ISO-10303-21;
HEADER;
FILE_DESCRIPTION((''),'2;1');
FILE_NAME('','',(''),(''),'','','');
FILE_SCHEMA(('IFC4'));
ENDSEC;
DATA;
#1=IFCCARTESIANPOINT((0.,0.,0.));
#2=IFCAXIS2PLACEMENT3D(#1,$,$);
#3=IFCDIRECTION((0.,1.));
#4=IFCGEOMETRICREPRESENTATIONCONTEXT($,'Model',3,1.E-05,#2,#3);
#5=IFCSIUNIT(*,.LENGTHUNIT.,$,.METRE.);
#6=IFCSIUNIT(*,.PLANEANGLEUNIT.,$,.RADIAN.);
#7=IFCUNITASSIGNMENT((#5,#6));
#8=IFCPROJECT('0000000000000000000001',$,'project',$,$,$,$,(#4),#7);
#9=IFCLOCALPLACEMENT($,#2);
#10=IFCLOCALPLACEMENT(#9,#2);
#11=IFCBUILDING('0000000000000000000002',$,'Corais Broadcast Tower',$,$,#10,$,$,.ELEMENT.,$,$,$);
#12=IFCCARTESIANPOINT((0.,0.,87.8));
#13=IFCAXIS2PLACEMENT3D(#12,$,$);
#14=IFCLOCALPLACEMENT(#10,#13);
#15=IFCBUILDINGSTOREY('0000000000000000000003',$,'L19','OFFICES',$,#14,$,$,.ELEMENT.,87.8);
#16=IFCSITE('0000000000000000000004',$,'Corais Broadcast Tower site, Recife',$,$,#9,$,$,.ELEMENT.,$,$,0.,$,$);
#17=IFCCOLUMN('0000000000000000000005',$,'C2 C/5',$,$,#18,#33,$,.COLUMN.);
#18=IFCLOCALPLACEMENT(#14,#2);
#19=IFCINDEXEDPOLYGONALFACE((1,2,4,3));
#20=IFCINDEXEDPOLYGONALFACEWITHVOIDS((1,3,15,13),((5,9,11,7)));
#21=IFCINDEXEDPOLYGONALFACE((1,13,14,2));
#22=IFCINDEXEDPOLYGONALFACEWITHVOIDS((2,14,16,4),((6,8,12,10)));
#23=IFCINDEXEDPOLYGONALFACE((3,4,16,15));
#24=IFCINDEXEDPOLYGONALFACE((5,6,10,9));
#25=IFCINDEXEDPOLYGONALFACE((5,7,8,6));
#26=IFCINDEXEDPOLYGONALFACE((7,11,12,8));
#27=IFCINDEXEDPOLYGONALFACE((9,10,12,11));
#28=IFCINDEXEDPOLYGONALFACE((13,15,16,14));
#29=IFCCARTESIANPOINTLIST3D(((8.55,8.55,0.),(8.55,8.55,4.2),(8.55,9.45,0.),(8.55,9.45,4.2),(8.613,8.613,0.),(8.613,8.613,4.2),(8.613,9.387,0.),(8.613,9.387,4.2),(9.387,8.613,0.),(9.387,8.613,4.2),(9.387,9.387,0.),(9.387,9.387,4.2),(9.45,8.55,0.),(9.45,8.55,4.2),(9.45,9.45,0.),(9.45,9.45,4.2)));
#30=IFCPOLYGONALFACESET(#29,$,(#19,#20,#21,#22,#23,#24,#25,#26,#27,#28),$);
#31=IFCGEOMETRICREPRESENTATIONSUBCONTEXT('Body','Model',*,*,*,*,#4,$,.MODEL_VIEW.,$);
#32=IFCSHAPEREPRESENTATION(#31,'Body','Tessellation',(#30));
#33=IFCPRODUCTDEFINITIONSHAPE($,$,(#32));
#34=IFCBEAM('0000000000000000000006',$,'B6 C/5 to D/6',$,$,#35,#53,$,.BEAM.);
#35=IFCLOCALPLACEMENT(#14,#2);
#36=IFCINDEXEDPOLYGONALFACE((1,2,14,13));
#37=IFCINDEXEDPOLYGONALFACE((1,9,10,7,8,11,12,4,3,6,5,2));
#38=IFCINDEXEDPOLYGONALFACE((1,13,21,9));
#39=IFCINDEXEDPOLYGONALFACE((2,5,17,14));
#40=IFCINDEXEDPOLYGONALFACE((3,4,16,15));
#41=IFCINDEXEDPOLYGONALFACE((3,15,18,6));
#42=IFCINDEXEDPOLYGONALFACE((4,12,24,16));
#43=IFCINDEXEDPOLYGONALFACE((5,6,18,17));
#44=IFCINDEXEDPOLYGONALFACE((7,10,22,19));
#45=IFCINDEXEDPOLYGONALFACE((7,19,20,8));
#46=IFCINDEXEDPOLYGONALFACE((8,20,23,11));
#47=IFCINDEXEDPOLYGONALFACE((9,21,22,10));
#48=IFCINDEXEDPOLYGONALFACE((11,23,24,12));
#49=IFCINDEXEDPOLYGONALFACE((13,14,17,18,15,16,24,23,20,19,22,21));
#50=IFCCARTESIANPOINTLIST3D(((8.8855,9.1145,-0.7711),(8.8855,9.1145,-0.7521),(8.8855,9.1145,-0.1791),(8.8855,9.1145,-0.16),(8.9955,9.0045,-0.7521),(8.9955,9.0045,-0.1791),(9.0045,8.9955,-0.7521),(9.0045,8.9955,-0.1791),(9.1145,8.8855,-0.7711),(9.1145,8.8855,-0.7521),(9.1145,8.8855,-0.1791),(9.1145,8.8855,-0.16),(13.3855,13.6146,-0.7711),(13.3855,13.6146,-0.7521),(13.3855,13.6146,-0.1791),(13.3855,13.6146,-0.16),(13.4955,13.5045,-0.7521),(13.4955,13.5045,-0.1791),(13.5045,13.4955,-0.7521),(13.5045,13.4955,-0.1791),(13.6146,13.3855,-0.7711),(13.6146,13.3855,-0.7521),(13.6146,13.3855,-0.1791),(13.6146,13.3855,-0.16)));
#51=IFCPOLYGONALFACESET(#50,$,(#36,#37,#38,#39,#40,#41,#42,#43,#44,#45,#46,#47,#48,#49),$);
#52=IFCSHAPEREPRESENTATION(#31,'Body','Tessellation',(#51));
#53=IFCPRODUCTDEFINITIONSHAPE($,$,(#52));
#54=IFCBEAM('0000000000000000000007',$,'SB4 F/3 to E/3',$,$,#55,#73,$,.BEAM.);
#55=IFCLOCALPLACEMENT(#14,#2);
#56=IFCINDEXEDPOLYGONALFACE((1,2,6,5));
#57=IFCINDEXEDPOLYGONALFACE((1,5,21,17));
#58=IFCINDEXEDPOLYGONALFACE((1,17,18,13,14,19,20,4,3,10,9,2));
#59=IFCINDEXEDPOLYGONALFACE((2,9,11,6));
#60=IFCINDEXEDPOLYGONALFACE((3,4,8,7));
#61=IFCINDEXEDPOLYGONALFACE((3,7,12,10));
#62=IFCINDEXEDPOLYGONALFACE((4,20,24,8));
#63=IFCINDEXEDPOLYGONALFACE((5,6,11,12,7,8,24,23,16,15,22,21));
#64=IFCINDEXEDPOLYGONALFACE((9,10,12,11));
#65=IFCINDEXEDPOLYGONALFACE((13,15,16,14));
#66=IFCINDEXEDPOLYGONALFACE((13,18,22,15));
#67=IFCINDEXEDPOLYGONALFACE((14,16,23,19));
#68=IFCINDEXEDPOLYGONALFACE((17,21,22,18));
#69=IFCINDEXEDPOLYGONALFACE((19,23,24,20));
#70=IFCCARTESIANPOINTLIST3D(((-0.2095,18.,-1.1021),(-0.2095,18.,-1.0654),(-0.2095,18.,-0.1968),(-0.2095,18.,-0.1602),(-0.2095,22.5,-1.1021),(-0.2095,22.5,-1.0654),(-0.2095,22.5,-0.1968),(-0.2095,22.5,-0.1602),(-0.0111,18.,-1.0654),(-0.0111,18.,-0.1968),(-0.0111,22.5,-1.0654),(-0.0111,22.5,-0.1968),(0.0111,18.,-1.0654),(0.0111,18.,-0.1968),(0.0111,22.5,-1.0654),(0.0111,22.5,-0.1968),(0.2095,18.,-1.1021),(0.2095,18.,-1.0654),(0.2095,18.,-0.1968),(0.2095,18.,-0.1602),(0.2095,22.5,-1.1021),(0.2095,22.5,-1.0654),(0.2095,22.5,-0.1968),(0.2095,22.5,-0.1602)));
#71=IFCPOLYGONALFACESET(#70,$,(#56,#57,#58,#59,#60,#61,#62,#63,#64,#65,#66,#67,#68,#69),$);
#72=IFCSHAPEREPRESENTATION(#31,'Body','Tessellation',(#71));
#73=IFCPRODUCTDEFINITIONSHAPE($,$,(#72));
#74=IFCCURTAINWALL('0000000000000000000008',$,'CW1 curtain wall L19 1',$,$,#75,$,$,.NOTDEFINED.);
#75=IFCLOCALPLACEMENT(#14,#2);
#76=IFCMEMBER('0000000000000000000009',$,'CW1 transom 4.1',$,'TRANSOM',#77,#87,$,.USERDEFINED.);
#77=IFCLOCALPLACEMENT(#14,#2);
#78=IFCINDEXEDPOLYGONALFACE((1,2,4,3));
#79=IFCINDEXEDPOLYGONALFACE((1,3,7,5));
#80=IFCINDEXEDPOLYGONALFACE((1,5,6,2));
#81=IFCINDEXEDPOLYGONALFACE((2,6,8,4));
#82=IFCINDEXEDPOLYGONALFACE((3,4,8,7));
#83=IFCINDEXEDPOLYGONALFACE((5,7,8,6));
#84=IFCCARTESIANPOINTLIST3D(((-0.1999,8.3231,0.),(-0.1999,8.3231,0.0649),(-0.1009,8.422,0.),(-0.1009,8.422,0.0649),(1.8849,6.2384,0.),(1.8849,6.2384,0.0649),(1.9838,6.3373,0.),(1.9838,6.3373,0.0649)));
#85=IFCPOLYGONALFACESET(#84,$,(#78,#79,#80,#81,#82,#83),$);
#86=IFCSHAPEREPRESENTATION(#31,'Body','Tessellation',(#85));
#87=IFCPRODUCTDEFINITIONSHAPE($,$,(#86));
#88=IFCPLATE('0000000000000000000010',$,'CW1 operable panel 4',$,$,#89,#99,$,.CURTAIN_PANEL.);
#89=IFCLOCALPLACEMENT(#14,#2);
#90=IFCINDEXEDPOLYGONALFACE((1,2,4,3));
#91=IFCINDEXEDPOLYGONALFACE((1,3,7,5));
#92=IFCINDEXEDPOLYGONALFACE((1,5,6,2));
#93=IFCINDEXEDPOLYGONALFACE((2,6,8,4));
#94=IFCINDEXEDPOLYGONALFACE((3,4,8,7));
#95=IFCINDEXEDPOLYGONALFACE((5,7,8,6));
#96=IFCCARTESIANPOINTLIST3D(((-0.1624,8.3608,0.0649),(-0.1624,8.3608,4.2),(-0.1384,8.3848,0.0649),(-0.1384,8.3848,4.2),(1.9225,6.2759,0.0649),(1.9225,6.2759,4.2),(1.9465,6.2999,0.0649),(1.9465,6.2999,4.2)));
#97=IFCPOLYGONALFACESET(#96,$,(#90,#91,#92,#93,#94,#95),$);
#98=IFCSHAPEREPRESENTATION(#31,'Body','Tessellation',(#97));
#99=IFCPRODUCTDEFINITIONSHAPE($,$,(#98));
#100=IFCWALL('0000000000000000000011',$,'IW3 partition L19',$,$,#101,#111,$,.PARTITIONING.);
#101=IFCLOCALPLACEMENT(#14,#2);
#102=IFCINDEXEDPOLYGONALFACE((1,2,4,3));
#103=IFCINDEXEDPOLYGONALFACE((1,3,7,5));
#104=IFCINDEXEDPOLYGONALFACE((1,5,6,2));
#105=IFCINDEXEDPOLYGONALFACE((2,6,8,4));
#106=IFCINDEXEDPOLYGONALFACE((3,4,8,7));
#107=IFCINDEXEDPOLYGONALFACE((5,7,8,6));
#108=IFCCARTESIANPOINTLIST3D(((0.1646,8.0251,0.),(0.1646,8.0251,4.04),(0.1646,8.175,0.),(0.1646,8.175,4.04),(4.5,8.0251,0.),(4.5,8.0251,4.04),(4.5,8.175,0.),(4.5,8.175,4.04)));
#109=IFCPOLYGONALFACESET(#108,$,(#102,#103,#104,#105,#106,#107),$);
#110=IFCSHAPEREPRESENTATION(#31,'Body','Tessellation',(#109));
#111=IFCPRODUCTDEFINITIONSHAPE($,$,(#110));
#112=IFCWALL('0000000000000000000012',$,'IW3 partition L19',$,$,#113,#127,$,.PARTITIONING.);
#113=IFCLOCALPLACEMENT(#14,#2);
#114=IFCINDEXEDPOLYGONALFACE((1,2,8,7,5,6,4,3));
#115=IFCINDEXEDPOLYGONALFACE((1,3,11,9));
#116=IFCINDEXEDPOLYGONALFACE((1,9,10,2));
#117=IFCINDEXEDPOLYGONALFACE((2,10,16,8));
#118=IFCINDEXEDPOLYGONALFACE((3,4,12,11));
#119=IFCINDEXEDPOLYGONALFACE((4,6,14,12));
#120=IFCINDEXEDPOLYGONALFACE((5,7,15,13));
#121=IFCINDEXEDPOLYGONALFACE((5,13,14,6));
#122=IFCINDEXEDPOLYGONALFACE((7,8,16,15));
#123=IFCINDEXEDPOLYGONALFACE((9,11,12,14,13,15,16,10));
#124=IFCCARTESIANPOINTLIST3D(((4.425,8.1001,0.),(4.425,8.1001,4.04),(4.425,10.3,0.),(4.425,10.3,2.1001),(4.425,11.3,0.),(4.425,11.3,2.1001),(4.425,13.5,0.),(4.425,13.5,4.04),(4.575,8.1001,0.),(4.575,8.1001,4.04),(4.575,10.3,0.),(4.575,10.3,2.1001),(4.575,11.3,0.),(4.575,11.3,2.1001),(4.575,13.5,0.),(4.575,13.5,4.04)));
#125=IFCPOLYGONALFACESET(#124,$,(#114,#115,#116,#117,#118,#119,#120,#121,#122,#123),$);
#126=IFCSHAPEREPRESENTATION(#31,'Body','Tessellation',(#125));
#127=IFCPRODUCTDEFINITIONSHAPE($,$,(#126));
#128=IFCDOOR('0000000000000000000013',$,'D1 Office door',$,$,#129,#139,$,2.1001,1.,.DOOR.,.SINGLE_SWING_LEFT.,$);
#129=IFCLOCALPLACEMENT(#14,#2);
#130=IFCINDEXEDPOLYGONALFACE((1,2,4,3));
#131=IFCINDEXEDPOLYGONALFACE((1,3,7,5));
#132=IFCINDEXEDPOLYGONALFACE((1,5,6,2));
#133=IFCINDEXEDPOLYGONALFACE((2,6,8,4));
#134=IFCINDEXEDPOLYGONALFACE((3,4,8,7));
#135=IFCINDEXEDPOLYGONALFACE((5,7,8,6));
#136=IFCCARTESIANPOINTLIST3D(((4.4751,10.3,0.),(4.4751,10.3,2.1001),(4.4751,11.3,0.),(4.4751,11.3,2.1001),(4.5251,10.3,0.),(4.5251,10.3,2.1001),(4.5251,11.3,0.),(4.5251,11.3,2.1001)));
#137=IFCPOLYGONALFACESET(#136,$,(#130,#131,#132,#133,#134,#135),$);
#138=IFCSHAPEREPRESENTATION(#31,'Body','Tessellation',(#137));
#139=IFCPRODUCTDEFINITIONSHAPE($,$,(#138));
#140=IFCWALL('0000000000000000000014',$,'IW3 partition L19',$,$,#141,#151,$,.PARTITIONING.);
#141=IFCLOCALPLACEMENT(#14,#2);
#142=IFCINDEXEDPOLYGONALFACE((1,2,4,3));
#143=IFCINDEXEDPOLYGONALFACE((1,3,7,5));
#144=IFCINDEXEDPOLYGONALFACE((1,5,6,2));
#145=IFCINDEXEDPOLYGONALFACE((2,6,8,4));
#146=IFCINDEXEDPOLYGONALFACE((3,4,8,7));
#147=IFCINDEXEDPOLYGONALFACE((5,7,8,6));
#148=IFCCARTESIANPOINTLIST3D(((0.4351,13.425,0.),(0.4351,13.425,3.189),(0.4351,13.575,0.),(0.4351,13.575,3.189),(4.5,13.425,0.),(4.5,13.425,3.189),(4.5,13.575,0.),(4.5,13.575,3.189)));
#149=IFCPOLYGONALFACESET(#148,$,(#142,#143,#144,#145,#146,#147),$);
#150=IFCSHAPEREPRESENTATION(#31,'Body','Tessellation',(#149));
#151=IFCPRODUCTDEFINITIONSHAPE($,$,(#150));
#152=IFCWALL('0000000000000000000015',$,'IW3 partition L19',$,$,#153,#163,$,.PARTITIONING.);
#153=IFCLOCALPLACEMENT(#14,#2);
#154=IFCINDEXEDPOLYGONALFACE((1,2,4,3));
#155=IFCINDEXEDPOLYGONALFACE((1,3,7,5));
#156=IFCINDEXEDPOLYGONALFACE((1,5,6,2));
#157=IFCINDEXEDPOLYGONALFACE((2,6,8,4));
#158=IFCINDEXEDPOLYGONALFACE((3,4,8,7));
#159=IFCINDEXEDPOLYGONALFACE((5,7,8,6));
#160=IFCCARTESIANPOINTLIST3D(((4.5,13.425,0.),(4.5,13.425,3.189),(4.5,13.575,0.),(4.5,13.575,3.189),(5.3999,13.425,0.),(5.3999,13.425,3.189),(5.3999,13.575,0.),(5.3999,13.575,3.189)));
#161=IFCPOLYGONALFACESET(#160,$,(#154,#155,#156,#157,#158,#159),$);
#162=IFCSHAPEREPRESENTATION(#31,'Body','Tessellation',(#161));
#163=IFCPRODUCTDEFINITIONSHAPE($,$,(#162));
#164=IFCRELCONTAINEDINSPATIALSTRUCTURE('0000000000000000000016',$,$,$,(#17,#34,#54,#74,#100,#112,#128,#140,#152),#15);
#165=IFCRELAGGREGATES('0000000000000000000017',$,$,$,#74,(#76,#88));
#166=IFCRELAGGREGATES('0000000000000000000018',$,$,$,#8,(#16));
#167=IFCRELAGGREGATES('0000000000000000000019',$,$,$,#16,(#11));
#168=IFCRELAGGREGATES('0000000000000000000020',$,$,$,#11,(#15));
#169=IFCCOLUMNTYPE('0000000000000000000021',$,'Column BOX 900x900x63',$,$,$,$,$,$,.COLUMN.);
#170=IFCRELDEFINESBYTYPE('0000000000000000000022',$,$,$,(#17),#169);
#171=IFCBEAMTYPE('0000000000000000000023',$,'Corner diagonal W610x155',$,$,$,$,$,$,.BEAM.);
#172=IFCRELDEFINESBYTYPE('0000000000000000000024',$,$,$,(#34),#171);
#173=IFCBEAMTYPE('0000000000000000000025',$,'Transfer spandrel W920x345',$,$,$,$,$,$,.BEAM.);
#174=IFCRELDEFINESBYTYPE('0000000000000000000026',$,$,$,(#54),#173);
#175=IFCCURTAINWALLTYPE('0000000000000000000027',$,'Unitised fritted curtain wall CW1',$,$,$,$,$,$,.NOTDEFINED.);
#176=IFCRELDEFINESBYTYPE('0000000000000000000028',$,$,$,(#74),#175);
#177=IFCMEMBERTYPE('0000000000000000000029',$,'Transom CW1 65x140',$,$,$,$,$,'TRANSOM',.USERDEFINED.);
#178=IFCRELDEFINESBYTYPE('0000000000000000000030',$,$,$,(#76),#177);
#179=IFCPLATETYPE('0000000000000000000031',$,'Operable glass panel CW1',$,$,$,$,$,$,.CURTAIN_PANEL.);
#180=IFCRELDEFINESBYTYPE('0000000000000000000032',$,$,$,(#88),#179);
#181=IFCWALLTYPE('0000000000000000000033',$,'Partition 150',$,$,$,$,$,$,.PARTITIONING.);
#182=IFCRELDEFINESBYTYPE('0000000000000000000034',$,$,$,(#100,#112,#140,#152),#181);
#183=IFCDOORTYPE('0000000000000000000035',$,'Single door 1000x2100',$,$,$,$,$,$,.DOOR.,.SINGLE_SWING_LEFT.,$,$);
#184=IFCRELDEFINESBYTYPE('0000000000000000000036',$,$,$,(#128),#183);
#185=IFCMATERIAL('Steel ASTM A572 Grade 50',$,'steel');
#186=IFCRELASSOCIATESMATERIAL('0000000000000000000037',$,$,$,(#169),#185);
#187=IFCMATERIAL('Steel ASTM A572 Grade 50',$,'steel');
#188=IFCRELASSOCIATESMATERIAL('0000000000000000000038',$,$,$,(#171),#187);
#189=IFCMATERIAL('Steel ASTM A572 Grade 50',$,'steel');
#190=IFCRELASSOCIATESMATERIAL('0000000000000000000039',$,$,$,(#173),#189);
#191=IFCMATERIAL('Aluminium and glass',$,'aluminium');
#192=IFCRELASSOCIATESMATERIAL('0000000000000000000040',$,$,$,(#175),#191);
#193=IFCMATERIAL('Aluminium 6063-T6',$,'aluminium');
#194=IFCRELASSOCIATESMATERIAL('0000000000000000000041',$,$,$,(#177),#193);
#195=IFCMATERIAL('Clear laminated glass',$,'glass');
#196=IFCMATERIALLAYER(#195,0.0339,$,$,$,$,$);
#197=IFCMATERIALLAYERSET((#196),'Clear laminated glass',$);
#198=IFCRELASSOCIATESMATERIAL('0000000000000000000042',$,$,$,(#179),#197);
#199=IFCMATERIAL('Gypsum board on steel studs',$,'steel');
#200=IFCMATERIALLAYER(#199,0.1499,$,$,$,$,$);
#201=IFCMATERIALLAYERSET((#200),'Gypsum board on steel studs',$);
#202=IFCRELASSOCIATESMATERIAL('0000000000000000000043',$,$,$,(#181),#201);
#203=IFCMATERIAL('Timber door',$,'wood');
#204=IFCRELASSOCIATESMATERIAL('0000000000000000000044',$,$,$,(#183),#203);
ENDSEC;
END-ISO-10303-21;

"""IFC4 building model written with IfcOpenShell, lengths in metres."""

from ifc_helpers import new_model, si_unit, direction, frame, frame_2d, origin, origin_2d, place, context, subcontext, project, spatial, rectangle, hollow_rectangle, i_section, extrude, material, layer, layer_set, material_profile, profile_set, type_object, element, fill, aggregate, save


model = new_model("IFC4")

# Units and contexts
model_context = context("Model", 3, precision=1e-05, world=origin(), true_north=direction((0.0, 1.0)))
body_context = subcontext(model_context, "Body", "Model", "MODEL_VIEW")
ifc_project = project(units=[si_unit("LENGTHUNIT", "METRE"), si_unit("PLANEANGLEUNIT", "RADIAN")], contexts=[model_context])

# Site, building, storey
site_placement = place(None, origin())
site = spatial("IfcSite", under=ifc_project, at=site_placement, Name="Corais Broadcast Tower site, Recife", CompositionType="ELEMENT", RefElevation=0.0)
building_placement = place(site_placement, origin())
building = spatial("IfcBuilding", under=site, at=building_placement, Name="Corais Broadcast Tower", CompositionType="ELEMENT")
storey_placement = place(building_placement, frame((0.0, 0.0, 87.8)))
storey = spatial("IfcBuildingStorey", under=building, at=storey_placement, Name="L19", Description="OFFICES", CompositionType="ELEMENT", Elevation=87.8)

# Column
ifc_material_1 = material(Name="Steel ASTM A572 Grade 50", Category="steel")
ifc_material_profile_1 = material_profile(ifc_material_1, hollow_rectangle(XDim=0.8999, YDim=0.8999, WallThickness=0.063, at=origin_2d()), Name="BOX 900x900x63")
ifc_profile_set_1 = profile_set([ifc_material_profile_1], Name="Steel ASTM A572 Grade 50")
column_type = type_object("IfcColumnType", Name="Column BOX 900x900x63", PredefinedType="COLUMN", material=ifc_profile_set_1)
column_placement = place(storey_placement, frame((9.0, 9.0, 0.0), z_axis=(0.0, 0.0, 1.0), x_axis=(1.0, 0.0, 0.0)))
element("IfcColumn", 1, at=column_placement, inside=storey, type_object=column_type, Name="C2 C/5", PredefinedType="COLUMN", context=body_context, shape_type="SweptSolid", body=[
    extrude(hollow_rectangle(XDim=0.8999, YDim=0.8999, WallThickness=0.063, at=origin_2d()), origin(), (0.0, 0.0, 1.0), 4.2),
])

# Beams
ifc_material_2 = material(Name="Steel ASTM A572 Grade 50", Category="steel")
ifc_material_profile_2 = material_profile(ifc_material_2, i_section(OverallWidth=0.324, OverallDepth=0.6111, WebThickness=0.0127, FlangeThickness=0.019, at=origin_2d()), Name="W610x155")
ifc_profile_set_2 = profile_set([ifc_material_profile_2], Name="Steel ASTM A572 Grade 50")
beam_type_1 = type_object("IfcBeamType", Name="Corner diagonal W610x155", PredefinedType="BEAM", material=ifc_profile_set_2)
beam_1_placement = place(storey_placement, frame((9.0, 9.0, -0.4656), z_axis=(0.707107, 0.707107, 0.0), x_axis=(-0.707107, 0.707107, 0.0)))
element("IfcBeam", 2, at=beam_1_placement, inside=storey, type_object=beam_type_1, Name="B6 C/5 to D/6", PredefinedType="BEAM", context=body_context, shape_type="SweptSolid", body=[
    extrude(i_section(OverallWidth=0.324, OverallDepth=0.6111, WebThickness=0.0127, FlangeThickness=0.019, at=origin_2d()), origin(), (0.0, 0.0, 1.0), 6.364),
])
ifc_material_3 = material(Name="Steel ASTM A572 Grade 50", Category="steel")
ifc_material_profile_3 = material_profile(ifc_material_3, i_section(OverallWidth=0.4189, OverallDepth=0.9419, WebThickness=0.0222, FlangeThickness=0.0366, at=origin_2d()), Name="W920x345")
ifc_profile_set_3 = profile_set([ifc_material_profile_3], Name="Steel ASTM A572 Grade 50")
beam_type_2 = type_object("IfcBeamType", Name="Transfer spandrel W920x345", PredefinedType="BEAM", material=ifc_profile_set_3)
beam_2_placement = place(storey_placement, frame((0.0, 22.5, -0.6311), z_axis=(0.0, -1.0, 0.0), x_axis=(1.0, 0.0, 0.0)))
element("IfcBeam", 3, at=beam_2_placement, inside=storey, type_object=beam_type_2, Name="SB4 F/3 to E/3", PredefinedType="BEAM", context=body_context, shape_type="SweptSolid", body=[
    extrude(i_section(OverallWidth=0.4189, OverallDepth=0.9419, WebThickness=0.0222, FlangeThickness=0.0366, at=origin_2d()), origin(), (0.0, 0.0, 1.0), 4.5),
])

# Curtain wall, member, plate
ifc_material_4 = material(Name="Aluminium and glass", Category="aluminium")
curtain_wall_type = type_object("IfcCurtainWallType", Name="Unitised fritted curtain wall CW1", PredefinedType="NOTDEFINED", material=ifc_material_4)
curtain_wall_placement = place(storey_placement, origin())
curtain_wall = element("IfcCurtainWall", 4, at=curtain_wall_placement, inside=storey, type_object=curtain_wall_type, Name="CW1 curtain wall L19 1", PredefinedType="NOTDEFINED")
ifc_material_5 = material(Name="Aluminium 6063-T6", Category="aluminium")
ifc_material_profile_4 = material_profile(ifc_material_5, rectangle(XDim=0.1399, YDim=0.0649, at=origin_2d()), Name="Transom CW1 65x140")
ifc_profile_set_4 = profile_set([ifc_material_profile_4], Name="Aluminium 6063-T6")
member_type = type_object("IfcMemberType", Name="Transom CW1 65x140", ElementType="TRANSOM", PredefinedType="USERDEFINED", material=ifc_profile_set_4)
member_placement = place(storey_placement, frame((1.9343, 6.2878, 0.0325), z_axis=(-0.707107, 0.707107, 0.0), x_axis=(-0.707107, -0.707107, 0.0)))
member = element("IfcMember", 5, at=member_placement, type_object=member_type, Name="CW1 transom 4.1", ObjectType="TRANSOM", PredefinedType="USERDEFINED", context=body_context, shape_type="SweptSolid", body=[
    extrude(rectangle(XDim=0.1399, YDim=0.0649, at=origin_2d()), origin(), (0.0, 0.0, 1.0), 2.9482),
])
ifc_material_6 = material(Name="Clear laminated glass", Category="glass")
ifc_layer_1 = layer(ifc_material_6, 0.0339)
ifc_layer_set_1 = layer_set([ifc_layer_1], Name="Clear laminated glass")
plate_type = type_object("IfcPlateType", Name="Operable glass panel CW1", PredefinedType="CURTAIN_PANEL", material=ifc_layer_set_1)
plate_placement = place(storey_placement, frame((0.8921, 7.3303, 0.0649), z_axis=(0.0, 0.0, 1.0), x_axis=(-0.707107, 0.707107, 0.0)))
plate = element("IfcPlate", 6, at=plate_placement, type_object=plate_type, Name="CW1 operable panel 4", PredefinedType="CURTAIN_PANEL", context=body_context, shape_type="SweptSolid", body=[
    extrude(rectangle(XDim=2.9485, YDim=0.0339, at=origin_2d()), origin(), (0.0, 0.0, 1.0), 4.135),
])
aggregate(curtain_wall, [member, plate])

# Wall
ifc_material_7 = material(Name="Gypsum board on steel studs", Category="steel")
ifc_layer_2 = layer(ifc_material_7, 0.1499)
ifc_layer_set_2 = layer_set([ifc_layer_2], Name="Gypsum board on steel studs")
wall_type = type_object("IfcWallType", Name="Partition 150", PredefinedType="PARTITIONING", material=ifc_layer_set_2)
wall_1_placement = place(storey_placement, frame((0.1646, 8.1001, 0.0), z_axis=(0.0, 0.0, 1.0), x_axis=(1.0, 0.0, 0.0)))
element("IfcWall", 7, at=wall_1_placement, inside=storey, type_object=wall_type, Name="IW3 partition L19", PredefinedType="PARTITIONING", context=body_context, shape_type="SweptSolid", body=[
    extrude(rectangle(XDim=4.3354, YDim=0.1499, at=frame_2d((2.1677, 0.0))), origin(), (0.0, 0.0, 1.0), 4.04),
])

# Wall, opening, door
wall_2_placement = place(storey_placement, frame((4.5, 8.1001, 0.0), z_axis=(0.0, 0.0, 1.0), x_axis=(0.0, 1.0, 0.0)))
wall_2 = element("IfcWall", 8, at=wall_2_placement, inside=storey, type_object=wall_type, Name="IW3 partition L19", PredefinedType="PARTITIONING", context=body_context, shape_type="SweptSolid", body=[
    extrude(rectangle(XDim=5.3999, YDim=0.1499, at=frame_2d((2.7, 0.0))), origin(), (0.0, 0.0, 1.0), 4.04),
])
opening_1_placement = place(wall_2_placement, frame((2.2, 0.0, 0.0)))
opening_1 = element("IfcOpeningElement", 9, at=opening_1_placement, cuts=wall_2, PredefinedType="OPENING", context=body_context, shape_type="SweptSolid", body=[
    extrude(rectangle(XDim=1.0, YDim=2.1001, at=frame_2d((0.5, 1.05))), frame((0.0, 0.085, 0.0), z_axis=(0.0, -1.0, 0.0), x_axis=(1.0, 0.0, 0.0)), (0.0, 0.0, 1.0), 0.1699),
])
ifc_material_8 = material(Name="Timber door", Category="wood")
door_type = type_object("IfcDoorType", Name="Single door 1000x2100", OperationType="SINGLE_SWING_LEFT", PredefinedType="DOOR", material=ifc_material_8)
door_1_placement = place(opening_1_placement, origin())
door_1 = element("IfcDoor", 10, at=door_1_placement, inside=storey, type_object=door_type, Name="D1 Office door", OperationType="SINGLE_SWING_LEFT", OverallHeight=2.1001, OverallWidth=1.0, PredefinedType="DOOR", context=body_context, shape_type="SweptSolid", body=[
    extrude(rectangle(XDim=1.0, YDim=2.1001, at=frame_2d((0.5, 1.05))), frame((0.0, 0.0249, 0.0), z_axis=(0.0, -1.0, 0.0), x_axis=(1.0, 0.0, 0.0)), (0.0, 0.0, 1.0), 0.05),
])
fill(opening_1, door_1)

# Walls
wall_3_placement = place(storey_placement, frame((4.5, 13.5, 0.0), z_axis=(0.0, 0.0, 1.0), x_axis=(-1.0, 0.0, 0.0)))
element("IfcWall", 11, at=wall_3_placement, inside=storey, type_object=wall_type, Name="IW3 partition L19", PredefinedType="PARTITIONING", context=body_context, shape_type="SweptSolid", body=[
    extrude(rectangle(XDim=4.0649, YDim=0.1499, at=frame_2d((2.0325, 0.0))), origin(), (0.0, 0.0, 1.0), 3.189),
])
wall_4_placement = place(storey_placement, frame((4.5, 13.5, 0.0), z_axis=(0.0, 0.0, 1.0), x_axis=(1.0, 0.0, 0.0)))
element("IfcWall", 12, at=wall_4_placement, inside=storey, type_object=wall_type, Name="IW3 partition L19", PredefinedType="PARTITIONING", context=body_context, shape_type="SweptSolid", body=[
    extrude(rectangle(XDim=0.8999, YDim=0.1499, at=frame_2d((0.45, 0.0))), origin(), (0.0, 0.0, 1.0), 3.189),
])

save(model, "model.ifc")
